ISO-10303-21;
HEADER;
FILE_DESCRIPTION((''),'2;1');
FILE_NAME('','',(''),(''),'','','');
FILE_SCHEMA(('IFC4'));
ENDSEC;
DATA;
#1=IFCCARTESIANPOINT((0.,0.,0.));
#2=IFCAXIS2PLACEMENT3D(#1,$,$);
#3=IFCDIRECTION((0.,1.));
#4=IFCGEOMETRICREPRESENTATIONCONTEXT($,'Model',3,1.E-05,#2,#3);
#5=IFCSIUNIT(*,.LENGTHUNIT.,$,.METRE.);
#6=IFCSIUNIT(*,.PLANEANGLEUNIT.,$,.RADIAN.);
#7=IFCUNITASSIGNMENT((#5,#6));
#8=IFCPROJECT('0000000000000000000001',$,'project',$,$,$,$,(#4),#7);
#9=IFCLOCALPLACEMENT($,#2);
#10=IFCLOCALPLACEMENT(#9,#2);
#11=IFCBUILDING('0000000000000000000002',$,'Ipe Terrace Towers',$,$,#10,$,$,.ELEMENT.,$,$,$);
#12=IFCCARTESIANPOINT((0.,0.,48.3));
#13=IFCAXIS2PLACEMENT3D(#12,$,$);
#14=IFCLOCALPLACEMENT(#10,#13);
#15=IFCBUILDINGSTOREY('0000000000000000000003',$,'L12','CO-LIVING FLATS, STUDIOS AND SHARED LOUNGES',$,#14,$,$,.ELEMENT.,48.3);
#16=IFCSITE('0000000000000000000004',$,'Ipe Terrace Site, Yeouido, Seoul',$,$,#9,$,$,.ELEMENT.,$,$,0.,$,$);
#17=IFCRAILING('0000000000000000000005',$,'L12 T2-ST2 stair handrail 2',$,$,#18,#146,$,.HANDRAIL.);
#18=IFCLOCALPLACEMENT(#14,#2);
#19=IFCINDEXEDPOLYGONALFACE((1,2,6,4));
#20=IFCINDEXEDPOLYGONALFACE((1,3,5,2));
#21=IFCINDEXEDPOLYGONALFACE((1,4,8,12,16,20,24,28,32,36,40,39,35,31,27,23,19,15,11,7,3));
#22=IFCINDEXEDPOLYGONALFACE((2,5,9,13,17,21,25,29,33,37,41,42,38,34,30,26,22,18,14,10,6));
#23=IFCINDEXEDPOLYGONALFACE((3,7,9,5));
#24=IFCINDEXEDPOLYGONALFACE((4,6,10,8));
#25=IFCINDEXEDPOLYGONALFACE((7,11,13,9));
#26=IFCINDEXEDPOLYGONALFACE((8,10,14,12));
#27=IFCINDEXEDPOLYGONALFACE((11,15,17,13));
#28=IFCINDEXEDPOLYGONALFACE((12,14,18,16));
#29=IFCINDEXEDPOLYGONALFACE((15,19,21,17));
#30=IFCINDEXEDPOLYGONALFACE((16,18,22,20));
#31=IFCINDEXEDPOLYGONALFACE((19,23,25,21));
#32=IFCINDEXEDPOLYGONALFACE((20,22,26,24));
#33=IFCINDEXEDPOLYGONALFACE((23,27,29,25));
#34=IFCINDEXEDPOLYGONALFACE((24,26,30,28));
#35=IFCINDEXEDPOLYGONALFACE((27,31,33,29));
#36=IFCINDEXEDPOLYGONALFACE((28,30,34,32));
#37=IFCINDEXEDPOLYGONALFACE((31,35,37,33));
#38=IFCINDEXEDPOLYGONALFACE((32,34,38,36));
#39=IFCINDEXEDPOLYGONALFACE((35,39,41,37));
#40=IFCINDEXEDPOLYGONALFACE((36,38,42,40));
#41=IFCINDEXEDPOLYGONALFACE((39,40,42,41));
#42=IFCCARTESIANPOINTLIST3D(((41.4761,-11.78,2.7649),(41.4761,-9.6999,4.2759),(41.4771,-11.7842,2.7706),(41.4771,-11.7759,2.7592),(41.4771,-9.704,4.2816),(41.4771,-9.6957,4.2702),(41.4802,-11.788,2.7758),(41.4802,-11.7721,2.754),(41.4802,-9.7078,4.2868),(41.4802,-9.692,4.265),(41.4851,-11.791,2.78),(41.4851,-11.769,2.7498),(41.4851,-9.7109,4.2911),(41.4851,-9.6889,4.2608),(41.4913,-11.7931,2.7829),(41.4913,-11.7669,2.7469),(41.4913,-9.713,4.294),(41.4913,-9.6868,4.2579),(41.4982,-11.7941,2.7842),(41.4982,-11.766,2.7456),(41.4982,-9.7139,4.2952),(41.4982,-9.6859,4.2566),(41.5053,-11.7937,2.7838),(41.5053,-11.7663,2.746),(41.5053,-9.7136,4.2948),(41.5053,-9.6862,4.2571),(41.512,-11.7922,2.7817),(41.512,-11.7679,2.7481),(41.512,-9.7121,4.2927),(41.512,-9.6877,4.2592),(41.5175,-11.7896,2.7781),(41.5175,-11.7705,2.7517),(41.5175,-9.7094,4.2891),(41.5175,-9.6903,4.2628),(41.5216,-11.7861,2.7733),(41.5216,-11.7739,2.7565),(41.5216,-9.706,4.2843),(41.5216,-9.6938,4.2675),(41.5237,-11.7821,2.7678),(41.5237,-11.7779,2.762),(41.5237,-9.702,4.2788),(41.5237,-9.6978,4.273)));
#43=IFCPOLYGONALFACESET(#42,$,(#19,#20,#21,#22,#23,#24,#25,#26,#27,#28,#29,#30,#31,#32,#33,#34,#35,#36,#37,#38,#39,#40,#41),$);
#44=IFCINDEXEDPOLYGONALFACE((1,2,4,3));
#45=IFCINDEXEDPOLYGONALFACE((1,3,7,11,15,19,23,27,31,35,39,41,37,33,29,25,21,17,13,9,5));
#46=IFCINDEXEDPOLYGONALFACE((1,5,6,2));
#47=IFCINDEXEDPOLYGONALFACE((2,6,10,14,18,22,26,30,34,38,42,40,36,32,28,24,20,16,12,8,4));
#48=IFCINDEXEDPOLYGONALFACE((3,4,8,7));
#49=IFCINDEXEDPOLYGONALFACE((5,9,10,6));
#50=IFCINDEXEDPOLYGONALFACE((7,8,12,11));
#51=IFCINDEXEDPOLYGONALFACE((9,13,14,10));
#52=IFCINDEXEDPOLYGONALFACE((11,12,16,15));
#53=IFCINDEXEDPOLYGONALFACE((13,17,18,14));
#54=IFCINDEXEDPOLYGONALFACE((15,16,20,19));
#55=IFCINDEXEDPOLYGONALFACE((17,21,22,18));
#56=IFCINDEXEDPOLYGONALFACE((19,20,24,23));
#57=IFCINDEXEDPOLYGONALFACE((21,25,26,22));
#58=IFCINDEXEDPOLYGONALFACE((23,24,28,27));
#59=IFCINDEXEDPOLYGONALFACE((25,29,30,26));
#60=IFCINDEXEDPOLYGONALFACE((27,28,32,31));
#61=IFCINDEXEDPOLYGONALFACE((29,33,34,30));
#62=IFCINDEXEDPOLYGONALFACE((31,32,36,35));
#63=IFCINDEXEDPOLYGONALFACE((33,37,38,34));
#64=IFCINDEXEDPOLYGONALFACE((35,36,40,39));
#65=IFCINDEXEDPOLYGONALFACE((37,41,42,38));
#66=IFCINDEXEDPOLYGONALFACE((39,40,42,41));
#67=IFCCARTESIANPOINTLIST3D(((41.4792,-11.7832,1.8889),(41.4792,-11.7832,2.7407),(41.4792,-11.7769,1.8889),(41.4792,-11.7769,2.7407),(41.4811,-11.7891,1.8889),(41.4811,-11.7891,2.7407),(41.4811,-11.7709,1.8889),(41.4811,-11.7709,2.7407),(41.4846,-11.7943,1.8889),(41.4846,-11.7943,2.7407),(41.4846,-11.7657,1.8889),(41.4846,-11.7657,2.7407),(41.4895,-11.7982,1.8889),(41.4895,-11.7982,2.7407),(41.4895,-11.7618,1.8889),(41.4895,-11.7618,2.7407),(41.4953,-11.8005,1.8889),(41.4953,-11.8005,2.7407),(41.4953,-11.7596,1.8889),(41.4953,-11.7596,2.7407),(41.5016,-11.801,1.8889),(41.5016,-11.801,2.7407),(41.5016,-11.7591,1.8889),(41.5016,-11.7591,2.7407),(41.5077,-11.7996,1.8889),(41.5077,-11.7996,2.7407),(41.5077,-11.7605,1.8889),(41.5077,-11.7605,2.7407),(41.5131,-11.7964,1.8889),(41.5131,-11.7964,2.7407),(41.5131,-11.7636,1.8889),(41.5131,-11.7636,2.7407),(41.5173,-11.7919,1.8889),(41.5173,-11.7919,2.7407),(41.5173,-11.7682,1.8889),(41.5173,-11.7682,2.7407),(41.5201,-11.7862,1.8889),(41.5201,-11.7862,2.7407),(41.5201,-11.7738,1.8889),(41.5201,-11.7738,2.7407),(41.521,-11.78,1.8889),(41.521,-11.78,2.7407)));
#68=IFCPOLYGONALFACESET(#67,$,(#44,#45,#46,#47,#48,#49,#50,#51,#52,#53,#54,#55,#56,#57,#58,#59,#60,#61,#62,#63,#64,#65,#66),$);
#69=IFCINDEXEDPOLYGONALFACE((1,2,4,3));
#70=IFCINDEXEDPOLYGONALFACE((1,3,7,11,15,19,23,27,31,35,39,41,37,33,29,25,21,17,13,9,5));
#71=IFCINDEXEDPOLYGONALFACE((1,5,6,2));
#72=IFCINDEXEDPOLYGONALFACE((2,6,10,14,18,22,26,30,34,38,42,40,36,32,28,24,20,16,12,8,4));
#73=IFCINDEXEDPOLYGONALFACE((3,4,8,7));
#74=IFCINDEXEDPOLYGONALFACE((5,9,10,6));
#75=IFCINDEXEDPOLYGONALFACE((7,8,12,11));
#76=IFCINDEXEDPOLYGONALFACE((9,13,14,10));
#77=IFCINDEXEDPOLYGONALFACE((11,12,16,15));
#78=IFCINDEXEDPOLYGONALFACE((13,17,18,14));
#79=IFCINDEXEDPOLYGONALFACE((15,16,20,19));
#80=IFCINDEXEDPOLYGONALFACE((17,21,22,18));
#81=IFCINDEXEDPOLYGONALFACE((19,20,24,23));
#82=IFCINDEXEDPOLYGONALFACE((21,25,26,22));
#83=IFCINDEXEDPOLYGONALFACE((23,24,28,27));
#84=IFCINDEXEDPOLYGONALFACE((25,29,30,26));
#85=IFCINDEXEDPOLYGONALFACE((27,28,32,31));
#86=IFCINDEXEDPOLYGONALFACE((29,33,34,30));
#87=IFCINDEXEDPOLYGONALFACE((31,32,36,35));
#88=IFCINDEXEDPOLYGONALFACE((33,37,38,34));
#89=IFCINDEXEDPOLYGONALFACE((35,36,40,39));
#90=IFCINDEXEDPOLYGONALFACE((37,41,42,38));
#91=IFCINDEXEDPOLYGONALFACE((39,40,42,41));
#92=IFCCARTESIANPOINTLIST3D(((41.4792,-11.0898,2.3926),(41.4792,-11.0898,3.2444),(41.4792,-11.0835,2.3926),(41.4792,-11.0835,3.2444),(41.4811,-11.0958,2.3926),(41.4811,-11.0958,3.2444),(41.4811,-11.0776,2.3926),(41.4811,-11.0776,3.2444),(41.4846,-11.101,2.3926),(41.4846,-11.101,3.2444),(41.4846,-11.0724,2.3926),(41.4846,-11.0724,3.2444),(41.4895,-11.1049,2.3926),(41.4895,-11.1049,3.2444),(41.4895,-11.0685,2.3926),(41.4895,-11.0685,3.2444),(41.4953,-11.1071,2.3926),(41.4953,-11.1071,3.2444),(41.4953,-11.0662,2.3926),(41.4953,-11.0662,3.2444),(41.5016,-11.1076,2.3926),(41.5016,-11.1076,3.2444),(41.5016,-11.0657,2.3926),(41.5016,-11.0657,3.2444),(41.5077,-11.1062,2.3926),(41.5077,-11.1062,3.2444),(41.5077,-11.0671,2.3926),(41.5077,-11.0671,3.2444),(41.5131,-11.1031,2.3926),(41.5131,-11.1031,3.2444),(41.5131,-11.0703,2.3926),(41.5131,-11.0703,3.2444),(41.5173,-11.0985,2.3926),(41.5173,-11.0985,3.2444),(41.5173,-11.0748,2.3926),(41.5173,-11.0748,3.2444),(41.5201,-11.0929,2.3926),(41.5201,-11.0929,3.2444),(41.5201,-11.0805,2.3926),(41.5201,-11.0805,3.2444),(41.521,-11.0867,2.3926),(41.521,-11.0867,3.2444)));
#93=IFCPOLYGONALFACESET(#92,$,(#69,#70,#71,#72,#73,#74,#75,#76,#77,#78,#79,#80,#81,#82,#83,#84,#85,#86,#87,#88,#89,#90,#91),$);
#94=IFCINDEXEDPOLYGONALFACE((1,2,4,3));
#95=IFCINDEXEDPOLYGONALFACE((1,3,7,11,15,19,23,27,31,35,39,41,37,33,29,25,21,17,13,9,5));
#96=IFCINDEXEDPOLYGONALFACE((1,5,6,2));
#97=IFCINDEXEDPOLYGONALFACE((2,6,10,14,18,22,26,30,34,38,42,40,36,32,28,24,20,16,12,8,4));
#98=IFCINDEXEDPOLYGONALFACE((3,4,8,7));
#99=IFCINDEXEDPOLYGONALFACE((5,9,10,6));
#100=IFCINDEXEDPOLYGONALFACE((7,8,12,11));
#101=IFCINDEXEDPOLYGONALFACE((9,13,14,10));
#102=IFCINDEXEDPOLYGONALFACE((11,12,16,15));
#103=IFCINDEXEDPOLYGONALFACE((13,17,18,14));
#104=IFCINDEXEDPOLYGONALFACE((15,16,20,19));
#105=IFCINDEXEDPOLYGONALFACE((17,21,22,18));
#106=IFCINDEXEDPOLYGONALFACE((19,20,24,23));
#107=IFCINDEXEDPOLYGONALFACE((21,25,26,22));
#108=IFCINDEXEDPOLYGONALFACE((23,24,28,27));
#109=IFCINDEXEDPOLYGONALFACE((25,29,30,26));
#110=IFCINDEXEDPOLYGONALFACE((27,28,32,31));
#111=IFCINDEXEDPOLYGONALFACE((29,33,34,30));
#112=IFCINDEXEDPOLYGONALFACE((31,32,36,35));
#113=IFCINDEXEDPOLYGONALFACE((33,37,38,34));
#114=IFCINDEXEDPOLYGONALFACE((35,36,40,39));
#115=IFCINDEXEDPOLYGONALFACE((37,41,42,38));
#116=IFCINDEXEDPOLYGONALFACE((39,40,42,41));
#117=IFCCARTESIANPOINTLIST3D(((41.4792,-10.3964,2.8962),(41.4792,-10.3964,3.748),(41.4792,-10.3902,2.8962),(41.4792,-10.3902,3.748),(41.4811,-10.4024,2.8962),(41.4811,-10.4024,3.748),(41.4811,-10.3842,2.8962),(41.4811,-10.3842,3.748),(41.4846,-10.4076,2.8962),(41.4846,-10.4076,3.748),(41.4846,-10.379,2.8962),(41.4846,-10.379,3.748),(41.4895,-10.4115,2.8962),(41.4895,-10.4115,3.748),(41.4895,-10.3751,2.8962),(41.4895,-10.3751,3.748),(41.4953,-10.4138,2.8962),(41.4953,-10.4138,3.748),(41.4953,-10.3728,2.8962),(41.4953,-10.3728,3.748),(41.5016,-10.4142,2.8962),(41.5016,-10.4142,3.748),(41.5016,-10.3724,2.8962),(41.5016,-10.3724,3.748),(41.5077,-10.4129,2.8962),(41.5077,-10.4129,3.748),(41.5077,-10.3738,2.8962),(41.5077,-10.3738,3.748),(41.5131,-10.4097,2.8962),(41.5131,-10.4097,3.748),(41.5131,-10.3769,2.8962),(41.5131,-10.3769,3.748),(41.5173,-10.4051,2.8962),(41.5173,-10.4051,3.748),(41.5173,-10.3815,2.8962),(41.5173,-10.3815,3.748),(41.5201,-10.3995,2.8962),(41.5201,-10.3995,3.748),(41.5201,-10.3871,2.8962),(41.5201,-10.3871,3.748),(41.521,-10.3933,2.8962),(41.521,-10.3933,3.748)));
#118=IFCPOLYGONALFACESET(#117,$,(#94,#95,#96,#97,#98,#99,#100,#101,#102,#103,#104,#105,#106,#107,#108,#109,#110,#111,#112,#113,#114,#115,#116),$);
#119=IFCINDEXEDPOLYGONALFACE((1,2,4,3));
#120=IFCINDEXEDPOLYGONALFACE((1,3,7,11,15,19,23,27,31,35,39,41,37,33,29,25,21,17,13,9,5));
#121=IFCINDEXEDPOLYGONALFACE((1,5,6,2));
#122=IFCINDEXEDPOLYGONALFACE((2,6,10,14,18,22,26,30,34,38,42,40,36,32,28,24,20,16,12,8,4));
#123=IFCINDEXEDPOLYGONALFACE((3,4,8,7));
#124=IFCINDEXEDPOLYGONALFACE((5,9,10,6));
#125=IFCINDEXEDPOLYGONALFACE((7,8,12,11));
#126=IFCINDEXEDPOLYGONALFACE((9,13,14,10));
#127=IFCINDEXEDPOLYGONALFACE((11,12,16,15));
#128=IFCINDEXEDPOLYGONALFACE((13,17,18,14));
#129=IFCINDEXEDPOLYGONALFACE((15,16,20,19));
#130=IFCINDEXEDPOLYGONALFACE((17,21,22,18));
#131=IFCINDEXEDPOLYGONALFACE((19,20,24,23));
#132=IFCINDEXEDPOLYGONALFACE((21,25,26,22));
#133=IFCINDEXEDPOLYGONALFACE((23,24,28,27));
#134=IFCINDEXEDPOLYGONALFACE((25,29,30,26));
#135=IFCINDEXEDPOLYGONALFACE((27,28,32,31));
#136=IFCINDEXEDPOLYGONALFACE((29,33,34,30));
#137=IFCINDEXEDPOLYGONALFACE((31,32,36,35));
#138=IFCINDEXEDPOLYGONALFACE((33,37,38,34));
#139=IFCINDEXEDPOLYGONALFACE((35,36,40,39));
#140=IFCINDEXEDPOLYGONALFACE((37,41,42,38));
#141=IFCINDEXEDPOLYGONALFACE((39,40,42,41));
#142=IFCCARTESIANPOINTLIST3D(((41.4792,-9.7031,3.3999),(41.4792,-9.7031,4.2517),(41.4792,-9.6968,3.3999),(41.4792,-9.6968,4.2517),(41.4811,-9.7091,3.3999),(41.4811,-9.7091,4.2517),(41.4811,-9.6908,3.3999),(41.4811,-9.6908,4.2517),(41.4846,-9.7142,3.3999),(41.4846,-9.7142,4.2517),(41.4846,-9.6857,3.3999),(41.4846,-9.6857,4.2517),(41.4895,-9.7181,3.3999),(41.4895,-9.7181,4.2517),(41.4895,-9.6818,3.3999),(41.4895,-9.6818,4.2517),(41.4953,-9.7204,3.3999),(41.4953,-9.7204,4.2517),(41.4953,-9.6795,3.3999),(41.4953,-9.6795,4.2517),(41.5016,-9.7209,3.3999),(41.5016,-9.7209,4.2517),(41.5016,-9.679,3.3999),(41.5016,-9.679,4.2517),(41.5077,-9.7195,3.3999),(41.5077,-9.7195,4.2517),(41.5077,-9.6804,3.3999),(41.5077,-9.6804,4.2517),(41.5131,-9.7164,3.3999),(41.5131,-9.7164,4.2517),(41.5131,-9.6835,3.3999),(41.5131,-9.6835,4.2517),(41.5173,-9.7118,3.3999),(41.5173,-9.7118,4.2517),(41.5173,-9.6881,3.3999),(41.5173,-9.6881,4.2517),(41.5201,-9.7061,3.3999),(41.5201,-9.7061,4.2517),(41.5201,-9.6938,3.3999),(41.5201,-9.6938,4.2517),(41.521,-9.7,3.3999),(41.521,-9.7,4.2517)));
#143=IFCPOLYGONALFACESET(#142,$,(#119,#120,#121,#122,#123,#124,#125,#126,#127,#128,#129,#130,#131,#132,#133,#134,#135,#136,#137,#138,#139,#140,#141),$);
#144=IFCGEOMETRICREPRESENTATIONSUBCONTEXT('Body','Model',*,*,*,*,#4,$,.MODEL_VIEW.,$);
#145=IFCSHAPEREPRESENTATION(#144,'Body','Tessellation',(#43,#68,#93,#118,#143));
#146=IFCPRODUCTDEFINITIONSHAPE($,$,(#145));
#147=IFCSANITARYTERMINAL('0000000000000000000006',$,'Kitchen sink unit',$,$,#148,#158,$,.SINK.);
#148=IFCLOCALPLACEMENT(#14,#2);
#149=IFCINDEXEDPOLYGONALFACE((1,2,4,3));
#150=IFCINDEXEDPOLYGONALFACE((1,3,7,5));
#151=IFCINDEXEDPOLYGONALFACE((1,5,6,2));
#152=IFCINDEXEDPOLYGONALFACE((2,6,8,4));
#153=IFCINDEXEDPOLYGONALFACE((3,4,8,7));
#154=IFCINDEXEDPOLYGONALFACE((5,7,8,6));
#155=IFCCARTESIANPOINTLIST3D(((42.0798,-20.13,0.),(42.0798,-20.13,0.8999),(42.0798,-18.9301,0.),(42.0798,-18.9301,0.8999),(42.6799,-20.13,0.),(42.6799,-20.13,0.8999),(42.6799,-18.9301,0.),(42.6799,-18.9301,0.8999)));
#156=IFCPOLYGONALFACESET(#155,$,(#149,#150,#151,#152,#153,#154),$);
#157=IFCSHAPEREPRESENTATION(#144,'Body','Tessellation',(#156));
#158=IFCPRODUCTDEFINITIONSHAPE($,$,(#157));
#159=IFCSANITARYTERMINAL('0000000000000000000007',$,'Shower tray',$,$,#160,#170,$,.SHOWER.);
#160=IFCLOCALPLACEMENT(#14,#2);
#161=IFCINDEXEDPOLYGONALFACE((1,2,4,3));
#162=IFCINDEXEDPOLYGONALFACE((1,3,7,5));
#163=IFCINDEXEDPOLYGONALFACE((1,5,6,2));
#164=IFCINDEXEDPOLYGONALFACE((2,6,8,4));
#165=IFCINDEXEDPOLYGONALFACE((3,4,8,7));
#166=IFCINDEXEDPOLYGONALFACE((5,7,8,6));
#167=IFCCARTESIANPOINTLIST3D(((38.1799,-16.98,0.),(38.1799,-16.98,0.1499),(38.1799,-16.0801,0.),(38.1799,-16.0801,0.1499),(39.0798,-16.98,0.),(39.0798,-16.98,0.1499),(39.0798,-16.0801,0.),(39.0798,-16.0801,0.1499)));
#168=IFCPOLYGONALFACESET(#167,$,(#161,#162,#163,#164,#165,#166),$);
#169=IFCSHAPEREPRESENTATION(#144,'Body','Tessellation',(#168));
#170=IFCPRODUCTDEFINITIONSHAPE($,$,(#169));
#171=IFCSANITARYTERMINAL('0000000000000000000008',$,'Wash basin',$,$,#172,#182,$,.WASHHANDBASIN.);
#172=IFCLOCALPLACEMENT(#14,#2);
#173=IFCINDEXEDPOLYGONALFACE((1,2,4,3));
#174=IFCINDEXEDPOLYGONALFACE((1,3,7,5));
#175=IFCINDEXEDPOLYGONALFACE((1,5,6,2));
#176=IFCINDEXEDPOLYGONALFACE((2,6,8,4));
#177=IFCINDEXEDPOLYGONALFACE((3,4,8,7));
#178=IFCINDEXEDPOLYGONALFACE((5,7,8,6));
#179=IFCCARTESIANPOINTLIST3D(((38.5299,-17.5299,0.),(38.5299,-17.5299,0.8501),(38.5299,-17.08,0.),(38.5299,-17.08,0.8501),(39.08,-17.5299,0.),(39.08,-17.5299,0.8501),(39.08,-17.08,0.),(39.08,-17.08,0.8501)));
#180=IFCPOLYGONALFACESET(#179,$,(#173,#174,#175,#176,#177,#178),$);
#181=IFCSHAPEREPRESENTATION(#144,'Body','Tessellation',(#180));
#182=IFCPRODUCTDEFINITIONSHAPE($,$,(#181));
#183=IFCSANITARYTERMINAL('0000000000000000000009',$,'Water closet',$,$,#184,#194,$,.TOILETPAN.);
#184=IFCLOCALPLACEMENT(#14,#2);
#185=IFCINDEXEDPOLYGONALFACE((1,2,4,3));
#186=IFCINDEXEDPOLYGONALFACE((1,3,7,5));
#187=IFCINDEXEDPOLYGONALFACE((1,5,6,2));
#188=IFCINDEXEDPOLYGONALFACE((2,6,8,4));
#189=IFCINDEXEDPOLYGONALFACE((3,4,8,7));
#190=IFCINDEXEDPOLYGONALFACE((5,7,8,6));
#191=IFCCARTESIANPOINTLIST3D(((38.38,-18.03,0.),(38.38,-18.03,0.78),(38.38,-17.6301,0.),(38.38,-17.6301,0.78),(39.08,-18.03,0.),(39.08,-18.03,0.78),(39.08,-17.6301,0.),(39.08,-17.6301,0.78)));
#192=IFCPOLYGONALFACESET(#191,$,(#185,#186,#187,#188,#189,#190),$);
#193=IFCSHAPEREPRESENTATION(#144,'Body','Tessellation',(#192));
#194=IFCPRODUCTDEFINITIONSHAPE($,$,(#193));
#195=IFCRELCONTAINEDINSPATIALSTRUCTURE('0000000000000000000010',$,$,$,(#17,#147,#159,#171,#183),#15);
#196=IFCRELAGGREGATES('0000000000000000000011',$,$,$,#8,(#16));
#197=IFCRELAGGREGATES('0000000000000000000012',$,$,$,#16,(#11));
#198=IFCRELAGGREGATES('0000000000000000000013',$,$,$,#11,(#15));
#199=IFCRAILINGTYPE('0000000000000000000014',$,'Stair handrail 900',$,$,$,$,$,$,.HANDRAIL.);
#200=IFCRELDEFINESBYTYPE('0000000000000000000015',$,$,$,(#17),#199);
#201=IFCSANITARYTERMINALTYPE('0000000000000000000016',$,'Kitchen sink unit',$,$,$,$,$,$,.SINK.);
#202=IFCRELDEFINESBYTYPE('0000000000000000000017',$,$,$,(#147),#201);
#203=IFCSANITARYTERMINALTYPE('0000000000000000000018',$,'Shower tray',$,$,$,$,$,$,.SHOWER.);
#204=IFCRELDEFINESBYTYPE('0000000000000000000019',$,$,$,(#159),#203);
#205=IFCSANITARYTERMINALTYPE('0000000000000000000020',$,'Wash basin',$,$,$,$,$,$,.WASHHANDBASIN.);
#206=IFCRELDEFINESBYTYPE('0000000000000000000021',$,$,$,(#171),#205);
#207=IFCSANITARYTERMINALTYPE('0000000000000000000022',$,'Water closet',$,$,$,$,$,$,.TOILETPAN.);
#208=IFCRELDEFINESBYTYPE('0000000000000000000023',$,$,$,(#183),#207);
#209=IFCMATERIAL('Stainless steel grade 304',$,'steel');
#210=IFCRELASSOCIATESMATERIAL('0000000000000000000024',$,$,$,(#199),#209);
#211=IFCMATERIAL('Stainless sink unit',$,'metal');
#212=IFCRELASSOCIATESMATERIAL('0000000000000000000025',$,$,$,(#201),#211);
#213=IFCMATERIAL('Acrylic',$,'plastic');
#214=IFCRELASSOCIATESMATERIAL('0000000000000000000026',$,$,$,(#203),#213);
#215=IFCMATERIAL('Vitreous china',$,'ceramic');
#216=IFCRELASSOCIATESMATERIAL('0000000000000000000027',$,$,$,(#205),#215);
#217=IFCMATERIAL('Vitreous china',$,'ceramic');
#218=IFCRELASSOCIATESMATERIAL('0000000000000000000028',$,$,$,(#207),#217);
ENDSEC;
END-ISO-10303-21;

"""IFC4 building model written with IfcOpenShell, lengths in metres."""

from ifc_helpers import new_model, si_unit, direction, frame, origin, origin_2d, place, context, subcontext, project, spatial, rectangle, circle, extrude, material, type_object, element, save


model = new_model("IFC4")

# Units and contexts
model_context = context("Model", 3, precision=1e-05, world=origin(), true_north=direction((0.0, 1.0)))
body_context = subcontext(model_context, "Body", "Model", "MODEL_VIEW")
ifc_project = project(units=[si_unit("LENGTHUNIT", "METRE"), si_unit("PLANEANGLEUNIT", "RADIAN")], contexts=[model_context])

# Site, building, storey
site_placement = place(None, origin())
site = spatial("IfcSite", under=ifc_project, at=site_placement, Name="Ipe Terrace Site, Yeouido, Seoul", CompositionType="ELEMENT", RefElevation=0.0)
building_placement = place(site_placement, origin())
building = spatial("IfcBuilding", under=site, at=building_placement, Name="Ipe Terrace Towers", CompositionType="ELEMENT")
storey_placement = place(building_placement, frame((0.0, 0.0, 48.3)))
storey = spatial("IfcBuildingStorey", under=building, at=storey_placement, Name="L12", Description="CO-LIVING FLATS, STUDIOS AND SHARED LOUNGES", CompositionType="ELEMENT", Elevation=48.3)

# Railing
ifc_material_1 = material(Name="Stainless steel grade 304", Category="steel")
railing_type = type_object("IfcRailingType", Name="Stair handrail 900", PredefinedType="HANDRAIL", material=ifc_material_1)
railing_placement = place(storey_placement, frame((41.5, -11.78, 1.8889)))
element("IfcRailing", 1, at=railing_placement, inside=storey, type_object=railing_type, Name="L12 T2-ST2 stair handrail 2", PredefinedType="HANDRAIL", context=body_context, shape_type="SweptSolid", body=[
    extrude(circle(Radius=0.0239, at=origin_2d()), frame((0.0, 0.0, 0.876), z_axis=(0.0, 0.809069, 0.587714), x_axis=(-1.0, 0.0, 0.0)), (0.0, 0.0, 1.0), 2.571),
    extrude(circle(Radius=0.021, at=origin_2d()), origin(), (0.0, 0.0, 1.0), 0.8518),
    extrude(circle(Radius=0.021, at=origin_2d()), frame((0.0, 0.6934, 0.5037)), (0.0, 0.0, 1.0), 0.8518),
    extrude(circle(Radius=0.021, at=origin_2d()), frame((0.0, 1.3867, 1.0073)), (0.0, 0.0, 1.0), 0.8518),
    extrude(circle(Radius=0.021, at=origin_2d()), frame((0.0, 2.0801, 1.511)), (0.0, 0.0, 1.0), 0.8518),
])

# Sanitary terminals
ifc_material_2 = material(Name="Stainless sink unit", Category="metal")
sanitary_terminal_type_1 = type_object("IfcSanitaryTerminalType", Name="Kitchen sink unit", PredefinedType="SINK", material=ifc_material_2)
sanitary_terminal_1_placement = place(storey_placement, frame((42.3799, -19.53, 0.0), z_axis=(0.0, 0.0, 1.0), x_axis=(0.0, -1.0, 0.0)))
element("IfcSanitaryTerminal", 2, at=sanitary_terminal_1_placement, inside=storey, type_object=sanitary_terminal_type_1, Name="Kitchen sink unit", PredefinedType="SINK", context=body_context, shape_type="SweptSolid", body=[
    extrude(rectangle(XDim=1.2, YDim=0.6001, at=origin_2d()), origin(), (0.0, 0.0, 1.0), 0.8999),
])
ifc_material_3 = material(Name="Acrylic", Category="plastic")
sanitary_terminal_type_2 = type_object("IfcSanitaryTerminalType", Name="Shower tray", PredefinedType="SHOWER", material=ifc_material_3)
sanitary_terminal_2_placement = place(storey_placement, frame((38.6299, -16.53, 0.0), z_axis=(0.0, 0.0, 1.0), x_axis=(-1.0, 0.0, 0.0)))
element("IfcSanitaryTerminal", 3, at=sanitary_terminal_2_placement, inside=storey, type_object=sanitary_terminal_type_2, Name="Shower tray", PredefinedType="SHOWER", context=body_context, shape_type="SweptSolid", body=[
    extrude(rectangle(XDim=0.8999, YDim=0.8999, at=origin_2d()), origin(), (0.0, 0.0, 1.0), 0.1499),
])
ifc_material_4 = material(Name="Vitreous china", Category="ceramic")
sanitary_terminal_type_3 = type_object("IfcSanitaryTerminalType", Name="Wash basin", PredefinedType="WASHHANDBASIN", material=ifc_material_4)
sanitary_terminal_3_placement = place(storey_placement, frame((38.8049, -17.3049, 0.0), z_axis=(0.0, 0.0, 1.0), x_axis=(-1.0, 0.0, 0.0)))
element("IfcSanitaryTerminal", 4, at=sanitary_terminal_3_placement, inside=storey, type_object=sanitary_terminal_type_3, Name="Wash basin", PredefinedType="WASHHANDBASIN", context=body_context, shape_type="SweptSolid", body=[
    extrude(rectangle(XDim=0.55, YDim=0.45, at=origin_2d()), origin(), (0.0, 0.0, 1.0), 0.8501),
])
ifc_material_5 = material(Name="Vitreous china", Category="ceramic")
sanitary_terminal_type_4 = type_object("IfcSanitaryTerminalType", Name="Water closet", PredefinedType="TOILETPAN", material=ifc_material_5)
sanitary_terminal_4_placement = place(storey_placement, frame((38.73, -17.8301, 0.0), z_axis=(0.0, 0.0, 1.0), x_axis=(-1.0, 0.0, 0.0)))
element("IfcSanitaryTerminal", 5, at=sanitary_terminal_4_placement, inside=storey, type_object=sanitary_terminal_type_4, Name="Water closet", PredefinedType="TOILETPAN", context=body_context, shape_type="SweptSolid", body=[
    extrude(rectangle(XDim=0.7, YDim=0.3999, at=origin_2d()), origin(), (0.0, 0.0, 1.0), 0.78),
])

save(model, "model.ifc")
